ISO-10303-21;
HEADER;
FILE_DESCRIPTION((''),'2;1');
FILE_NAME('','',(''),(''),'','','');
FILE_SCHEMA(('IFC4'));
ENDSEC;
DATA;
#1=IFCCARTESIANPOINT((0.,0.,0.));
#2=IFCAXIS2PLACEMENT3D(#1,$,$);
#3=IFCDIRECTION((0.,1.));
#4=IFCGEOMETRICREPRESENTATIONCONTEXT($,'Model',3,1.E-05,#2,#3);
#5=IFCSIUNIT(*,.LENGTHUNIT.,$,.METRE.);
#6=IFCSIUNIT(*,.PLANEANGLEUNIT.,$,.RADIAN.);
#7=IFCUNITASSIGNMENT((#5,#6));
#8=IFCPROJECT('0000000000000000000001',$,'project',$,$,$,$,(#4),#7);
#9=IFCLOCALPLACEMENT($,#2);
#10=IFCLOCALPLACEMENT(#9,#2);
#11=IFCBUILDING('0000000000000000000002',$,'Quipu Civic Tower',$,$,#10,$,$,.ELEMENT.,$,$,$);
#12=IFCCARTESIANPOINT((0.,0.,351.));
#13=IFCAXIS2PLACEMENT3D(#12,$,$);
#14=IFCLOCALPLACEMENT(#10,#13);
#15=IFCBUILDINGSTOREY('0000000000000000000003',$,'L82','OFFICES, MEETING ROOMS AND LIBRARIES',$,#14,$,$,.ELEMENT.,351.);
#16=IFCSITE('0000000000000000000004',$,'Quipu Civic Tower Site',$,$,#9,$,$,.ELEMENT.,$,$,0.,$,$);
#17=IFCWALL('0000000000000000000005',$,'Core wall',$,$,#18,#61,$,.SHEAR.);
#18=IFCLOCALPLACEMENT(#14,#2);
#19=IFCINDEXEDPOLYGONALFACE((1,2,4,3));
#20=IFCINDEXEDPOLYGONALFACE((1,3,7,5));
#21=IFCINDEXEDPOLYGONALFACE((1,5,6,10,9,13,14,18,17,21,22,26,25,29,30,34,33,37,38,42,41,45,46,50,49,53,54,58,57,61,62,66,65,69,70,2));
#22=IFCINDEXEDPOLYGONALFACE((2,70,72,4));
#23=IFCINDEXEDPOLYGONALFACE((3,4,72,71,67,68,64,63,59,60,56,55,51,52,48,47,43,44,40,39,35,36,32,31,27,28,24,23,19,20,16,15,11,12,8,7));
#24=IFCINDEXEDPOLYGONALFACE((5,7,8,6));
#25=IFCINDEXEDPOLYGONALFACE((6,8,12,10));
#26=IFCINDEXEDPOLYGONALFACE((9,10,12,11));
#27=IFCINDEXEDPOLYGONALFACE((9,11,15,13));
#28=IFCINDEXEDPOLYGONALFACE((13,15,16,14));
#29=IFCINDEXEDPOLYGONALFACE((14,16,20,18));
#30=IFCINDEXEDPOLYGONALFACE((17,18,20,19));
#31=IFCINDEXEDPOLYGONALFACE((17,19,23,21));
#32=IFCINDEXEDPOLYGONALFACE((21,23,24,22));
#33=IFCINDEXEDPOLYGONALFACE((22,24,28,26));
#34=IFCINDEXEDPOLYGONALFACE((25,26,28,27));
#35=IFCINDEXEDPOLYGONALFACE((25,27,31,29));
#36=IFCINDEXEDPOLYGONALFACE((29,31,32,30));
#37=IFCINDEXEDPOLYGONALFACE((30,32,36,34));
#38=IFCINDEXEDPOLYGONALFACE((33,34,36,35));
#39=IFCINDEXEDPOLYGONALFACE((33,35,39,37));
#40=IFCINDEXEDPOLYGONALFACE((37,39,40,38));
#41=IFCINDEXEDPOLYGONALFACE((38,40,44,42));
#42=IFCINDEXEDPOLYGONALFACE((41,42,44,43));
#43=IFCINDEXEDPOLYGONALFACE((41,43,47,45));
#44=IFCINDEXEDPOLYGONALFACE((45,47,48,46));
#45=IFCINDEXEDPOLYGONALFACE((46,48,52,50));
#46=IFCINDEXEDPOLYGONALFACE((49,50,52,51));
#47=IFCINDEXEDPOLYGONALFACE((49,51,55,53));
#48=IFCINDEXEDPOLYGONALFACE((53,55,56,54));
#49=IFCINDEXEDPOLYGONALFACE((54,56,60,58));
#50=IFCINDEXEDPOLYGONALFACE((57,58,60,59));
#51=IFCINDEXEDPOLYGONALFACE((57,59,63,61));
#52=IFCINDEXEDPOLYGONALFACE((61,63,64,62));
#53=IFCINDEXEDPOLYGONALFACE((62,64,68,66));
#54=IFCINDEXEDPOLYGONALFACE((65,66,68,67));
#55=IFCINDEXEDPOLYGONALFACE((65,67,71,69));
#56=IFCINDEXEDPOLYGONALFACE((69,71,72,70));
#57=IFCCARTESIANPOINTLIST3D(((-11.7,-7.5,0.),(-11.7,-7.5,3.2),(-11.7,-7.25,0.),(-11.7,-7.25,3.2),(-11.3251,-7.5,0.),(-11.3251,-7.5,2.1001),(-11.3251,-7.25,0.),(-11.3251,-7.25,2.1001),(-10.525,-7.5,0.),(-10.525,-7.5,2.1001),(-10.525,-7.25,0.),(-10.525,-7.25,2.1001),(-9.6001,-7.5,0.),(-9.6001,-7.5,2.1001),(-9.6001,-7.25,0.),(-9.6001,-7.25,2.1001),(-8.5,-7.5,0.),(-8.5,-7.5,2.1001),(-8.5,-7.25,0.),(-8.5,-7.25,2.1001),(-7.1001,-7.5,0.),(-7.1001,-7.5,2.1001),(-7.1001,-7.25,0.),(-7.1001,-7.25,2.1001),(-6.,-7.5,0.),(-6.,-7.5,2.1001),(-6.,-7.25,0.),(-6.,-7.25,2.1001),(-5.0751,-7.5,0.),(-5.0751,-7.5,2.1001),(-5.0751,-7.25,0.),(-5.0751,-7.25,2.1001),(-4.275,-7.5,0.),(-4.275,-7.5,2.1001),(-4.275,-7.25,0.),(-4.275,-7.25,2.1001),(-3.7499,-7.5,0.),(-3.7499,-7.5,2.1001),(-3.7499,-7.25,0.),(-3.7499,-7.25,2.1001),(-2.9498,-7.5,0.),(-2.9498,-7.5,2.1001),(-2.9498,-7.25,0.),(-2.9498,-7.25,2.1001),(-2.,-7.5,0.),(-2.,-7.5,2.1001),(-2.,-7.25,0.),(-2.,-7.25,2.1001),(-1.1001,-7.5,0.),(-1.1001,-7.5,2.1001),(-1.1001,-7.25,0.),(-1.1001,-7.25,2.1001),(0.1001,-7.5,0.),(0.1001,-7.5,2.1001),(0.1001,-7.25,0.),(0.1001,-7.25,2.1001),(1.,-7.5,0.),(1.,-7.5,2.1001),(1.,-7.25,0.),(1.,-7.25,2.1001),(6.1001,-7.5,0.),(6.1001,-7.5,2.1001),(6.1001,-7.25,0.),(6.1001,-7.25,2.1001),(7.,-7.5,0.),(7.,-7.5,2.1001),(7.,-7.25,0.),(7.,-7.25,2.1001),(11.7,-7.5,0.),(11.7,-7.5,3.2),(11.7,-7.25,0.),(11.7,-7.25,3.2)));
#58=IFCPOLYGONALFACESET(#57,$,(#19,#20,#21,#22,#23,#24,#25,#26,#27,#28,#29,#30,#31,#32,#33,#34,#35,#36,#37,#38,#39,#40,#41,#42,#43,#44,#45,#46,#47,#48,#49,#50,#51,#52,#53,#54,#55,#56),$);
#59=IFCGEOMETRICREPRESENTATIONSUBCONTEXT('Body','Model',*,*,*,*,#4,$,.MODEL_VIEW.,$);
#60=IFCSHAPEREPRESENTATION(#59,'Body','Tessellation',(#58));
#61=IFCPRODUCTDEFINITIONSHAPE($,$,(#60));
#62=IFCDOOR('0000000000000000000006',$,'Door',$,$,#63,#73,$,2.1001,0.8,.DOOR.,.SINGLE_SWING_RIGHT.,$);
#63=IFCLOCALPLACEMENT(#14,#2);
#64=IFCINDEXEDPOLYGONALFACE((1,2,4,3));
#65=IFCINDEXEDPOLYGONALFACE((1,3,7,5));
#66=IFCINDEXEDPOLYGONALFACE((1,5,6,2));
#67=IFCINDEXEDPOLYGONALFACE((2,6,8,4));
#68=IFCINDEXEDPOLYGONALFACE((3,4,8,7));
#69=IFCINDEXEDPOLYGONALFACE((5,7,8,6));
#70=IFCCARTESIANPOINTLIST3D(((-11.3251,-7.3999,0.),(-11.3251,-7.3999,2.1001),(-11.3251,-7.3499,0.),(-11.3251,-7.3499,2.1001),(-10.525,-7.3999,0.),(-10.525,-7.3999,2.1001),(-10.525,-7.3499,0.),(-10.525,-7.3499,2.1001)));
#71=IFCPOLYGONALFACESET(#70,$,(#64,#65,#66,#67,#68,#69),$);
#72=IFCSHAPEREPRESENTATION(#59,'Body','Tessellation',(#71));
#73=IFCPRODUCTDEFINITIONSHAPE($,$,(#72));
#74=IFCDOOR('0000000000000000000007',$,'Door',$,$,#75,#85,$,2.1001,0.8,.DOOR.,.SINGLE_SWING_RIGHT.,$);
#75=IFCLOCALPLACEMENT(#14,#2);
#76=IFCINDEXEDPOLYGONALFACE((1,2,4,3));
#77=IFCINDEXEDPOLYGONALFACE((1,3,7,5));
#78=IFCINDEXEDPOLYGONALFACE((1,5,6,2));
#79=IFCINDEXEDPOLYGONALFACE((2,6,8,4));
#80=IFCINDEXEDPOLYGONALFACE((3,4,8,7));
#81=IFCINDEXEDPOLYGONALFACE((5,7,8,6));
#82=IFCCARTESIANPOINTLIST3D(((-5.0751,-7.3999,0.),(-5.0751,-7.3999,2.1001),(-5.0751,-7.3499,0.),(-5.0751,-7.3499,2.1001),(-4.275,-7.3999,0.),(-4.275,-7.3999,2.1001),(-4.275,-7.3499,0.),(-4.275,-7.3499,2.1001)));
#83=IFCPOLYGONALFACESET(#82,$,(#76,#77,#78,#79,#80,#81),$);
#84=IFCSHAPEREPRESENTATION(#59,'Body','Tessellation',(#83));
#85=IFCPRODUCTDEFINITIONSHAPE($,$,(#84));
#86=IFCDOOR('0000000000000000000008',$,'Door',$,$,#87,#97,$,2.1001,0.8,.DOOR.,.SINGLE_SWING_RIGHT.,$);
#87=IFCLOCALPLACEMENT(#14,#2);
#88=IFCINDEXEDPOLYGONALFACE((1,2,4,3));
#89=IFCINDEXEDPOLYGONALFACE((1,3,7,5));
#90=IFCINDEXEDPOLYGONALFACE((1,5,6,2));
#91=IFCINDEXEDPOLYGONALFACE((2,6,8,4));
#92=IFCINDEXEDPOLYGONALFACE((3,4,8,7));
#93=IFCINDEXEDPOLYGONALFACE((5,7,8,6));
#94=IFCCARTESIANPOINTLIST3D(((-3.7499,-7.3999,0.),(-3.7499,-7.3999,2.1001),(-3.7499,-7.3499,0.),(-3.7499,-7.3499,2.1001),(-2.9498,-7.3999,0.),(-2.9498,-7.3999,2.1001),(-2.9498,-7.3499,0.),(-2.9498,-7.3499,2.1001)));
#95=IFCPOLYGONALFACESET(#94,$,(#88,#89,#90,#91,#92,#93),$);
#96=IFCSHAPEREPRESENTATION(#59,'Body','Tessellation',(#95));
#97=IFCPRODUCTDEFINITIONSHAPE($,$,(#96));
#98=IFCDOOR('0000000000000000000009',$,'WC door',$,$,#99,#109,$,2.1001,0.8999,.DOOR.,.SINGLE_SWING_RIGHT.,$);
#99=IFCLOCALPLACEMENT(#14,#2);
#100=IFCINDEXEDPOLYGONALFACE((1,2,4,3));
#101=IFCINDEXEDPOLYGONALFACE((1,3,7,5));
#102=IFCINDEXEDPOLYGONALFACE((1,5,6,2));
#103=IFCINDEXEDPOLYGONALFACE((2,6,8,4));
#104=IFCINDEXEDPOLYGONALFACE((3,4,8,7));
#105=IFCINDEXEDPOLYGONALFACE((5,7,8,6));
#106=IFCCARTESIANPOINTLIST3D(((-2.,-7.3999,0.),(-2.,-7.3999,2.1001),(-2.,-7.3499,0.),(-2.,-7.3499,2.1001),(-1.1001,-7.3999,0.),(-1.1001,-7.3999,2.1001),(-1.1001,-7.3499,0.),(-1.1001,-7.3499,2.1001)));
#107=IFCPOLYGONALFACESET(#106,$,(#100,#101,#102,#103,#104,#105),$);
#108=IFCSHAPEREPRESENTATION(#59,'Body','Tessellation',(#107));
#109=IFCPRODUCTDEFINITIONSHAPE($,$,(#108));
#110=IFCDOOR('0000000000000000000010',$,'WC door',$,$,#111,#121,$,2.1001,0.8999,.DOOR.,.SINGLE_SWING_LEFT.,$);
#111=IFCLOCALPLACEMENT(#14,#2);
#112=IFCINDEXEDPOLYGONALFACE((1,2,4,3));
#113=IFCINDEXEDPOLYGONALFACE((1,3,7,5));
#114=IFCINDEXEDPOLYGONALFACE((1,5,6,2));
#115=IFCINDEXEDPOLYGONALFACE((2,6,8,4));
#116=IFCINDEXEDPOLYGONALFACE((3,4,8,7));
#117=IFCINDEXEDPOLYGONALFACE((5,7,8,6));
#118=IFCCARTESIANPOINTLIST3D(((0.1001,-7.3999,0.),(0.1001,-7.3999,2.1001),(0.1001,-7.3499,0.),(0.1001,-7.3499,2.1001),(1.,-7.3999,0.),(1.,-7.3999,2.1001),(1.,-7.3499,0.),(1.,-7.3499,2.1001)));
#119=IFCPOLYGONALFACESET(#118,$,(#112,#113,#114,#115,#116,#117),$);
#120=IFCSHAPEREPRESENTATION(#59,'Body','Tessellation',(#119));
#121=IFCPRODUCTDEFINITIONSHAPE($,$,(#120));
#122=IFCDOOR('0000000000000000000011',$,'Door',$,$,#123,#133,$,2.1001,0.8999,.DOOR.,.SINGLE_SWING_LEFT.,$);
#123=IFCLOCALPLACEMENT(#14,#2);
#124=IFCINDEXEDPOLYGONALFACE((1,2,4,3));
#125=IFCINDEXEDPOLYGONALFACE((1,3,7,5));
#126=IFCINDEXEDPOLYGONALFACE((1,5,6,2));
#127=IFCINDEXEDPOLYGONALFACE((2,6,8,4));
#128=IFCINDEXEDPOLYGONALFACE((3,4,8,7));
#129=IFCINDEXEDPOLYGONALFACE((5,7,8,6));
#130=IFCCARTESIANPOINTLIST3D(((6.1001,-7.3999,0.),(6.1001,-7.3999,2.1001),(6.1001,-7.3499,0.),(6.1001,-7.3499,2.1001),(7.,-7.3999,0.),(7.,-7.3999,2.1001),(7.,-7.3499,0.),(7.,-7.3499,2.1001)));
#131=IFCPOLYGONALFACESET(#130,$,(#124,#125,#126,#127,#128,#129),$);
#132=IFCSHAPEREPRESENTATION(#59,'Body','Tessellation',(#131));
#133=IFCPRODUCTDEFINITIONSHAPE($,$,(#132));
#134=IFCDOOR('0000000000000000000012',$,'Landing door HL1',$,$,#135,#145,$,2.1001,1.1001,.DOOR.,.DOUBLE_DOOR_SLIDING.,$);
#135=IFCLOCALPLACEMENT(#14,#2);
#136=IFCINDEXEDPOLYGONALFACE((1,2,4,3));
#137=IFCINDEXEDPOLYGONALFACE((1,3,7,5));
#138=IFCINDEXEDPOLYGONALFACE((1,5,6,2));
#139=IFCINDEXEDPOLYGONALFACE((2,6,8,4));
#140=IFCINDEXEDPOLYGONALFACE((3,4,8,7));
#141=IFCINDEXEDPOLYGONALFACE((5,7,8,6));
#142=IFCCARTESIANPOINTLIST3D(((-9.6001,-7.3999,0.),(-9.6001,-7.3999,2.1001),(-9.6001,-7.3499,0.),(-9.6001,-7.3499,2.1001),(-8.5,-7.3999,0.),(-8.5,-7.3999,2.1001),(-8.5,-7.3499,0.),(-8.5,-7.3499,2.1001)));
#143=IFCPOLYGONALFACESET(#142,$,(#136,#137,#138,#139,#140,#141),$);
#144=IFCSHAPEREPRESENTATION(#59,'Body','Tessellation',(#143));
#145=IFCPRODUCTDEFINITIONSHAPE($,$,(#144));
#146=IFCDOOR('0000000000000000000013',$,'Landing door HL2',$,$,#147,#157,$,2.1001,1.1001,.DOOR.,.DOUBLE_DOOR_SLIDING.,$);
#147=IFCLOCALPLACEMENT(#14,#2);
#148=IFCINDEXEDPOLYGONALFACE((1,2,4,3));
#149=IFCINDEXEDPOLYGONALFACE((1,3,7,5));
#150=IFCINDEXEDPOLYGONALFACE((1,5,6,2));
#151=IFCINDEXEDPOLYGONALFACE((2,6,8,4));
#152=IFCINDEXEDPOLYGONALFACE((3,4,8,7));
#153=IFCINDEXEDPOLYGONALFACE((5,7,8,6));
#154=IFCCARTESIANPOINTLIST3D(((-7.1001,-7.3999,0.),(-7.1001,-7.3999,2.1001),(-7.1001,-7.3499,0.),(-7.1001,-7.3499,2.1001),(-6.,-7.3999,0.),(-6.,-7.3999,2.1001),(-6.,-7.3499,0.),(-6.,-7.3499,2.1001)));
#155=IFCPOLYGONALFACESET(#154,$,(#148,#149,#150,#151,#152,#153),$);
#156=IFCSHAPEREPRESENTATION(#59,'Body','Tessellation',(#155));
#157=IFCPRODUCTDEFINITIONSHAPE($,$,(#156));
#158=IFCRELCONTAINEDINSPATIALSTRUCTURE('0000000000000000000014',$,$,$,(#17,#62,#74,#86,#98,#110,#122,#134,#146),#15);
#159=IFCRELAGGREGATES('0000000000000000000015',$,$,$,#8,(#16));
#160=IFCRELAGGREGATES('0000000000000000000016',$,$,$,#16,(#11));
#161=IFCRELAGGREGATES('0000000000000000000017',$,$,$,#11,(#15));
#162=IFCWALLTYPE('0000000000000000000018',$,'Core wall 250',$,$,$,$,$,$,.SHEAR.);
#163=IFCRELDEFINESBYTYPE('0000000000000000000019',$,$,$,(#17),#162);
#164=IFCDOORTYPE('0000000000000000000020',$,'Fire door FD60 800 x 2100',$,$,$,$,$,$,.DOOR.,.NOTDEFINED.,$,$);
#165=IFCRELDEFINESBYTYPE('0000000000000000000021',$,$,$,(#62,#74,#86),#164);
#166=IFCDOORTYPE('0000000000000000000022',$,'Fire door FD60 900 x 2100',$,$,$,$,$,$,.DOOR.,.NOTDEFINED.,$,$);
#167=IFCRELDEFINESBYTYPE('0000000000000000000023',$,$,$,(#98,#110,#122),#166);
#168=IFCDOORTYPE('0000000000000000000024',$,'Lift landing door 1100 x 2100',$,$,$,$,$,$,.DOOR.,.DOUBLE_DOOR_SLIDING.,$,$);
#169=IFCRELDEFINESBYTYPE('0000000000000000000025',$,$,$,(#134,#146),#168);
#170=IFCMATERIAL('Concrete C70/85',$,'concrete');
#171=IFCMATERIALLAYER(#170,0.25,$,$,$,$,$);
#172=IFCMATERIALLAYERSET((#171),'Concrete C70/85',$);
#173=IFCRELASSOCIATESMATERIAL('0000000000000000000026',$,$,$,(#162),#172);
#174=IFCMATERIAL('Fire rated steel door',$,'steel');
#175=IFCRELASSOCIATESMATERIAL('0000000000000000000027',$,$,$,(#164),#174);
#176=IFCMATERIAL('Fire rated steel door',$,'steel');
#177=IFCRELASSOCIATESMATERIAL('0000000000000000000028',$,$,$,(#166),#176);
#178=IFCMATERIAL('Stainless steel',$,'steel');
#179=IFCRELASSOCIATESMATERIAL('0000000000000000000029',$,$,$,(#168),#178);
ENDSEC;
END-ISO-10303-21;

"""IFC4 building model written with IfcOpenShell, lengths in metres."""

from ifc_helpers import new_model, si_unit, direction, frame, frame_2d, origin, place, context, subcontext, project, spatial, rectangle, extrude, material, layer, layer_set, type_object, element, fill, save


model = new_model("IFC4")

# Units and contexts
model_context = context("Model", 3, precision=1e-05, world=origin(), true_north=direction((0.0, 1.0)))
body_context = subcontext(model_context, "Body", "Model", "MODEL_VIEW")
ifc_project = project(units=[si_unit("LENGTHUNIT", "METRE"), si_unit("PLANEANGLEUNIT", "RADIAN")], contexts=[model_context])

# Site, building, storey
site_placement = place(None, origin())
site = spatial("IfcSite", under=ifc_project, at=site_placement, Name="Quipu Civic Tower Site", CompositionType="ELEMENT", RefElevation=0.0)
building_placement = place(site_placement, origin())
building = spatial("IfcBuilding", under=site, at=building_placement, Name="Quipu Civic Tower", CompositionType="ELEMENT")
storey_placement = place(building_placement, frame((0.0, 0.0, 351.0)))
storey = spatial("IfcBuildingStorey", under=building, at=storey_placement, Name="L82", Description="OFFICES, MEETING ROOMS AND LIBRARIES", CompositionType="ELEMENT", Elevation=351.0)

# Shared definitions
ifc_material_1 = material(Name="Concrete C70/85", Category="concrete")
ifc_layer_1 = layer(ifc_material_1, 0.25)
ifc_layer_set_1 = layer_set([ifc_layer_1], Name="Concrete C70/85")
wall_type_1 = type_object("IfcWallType", Name="Core wall 250", PredefinedType="SHEAR", material=ifc_layer_set_1)

# Wall, openings, doors
wall_1_placement = place(storey_placement, frame((11.7, -7.375, 0.0), z_axis=(0.0, 0.0, 1.0), x_axis=(-1.0, 0.0, 0.0)))
wall_1 = element("IfcWall", 1, at=wall_1_placement, inside=storey, type_object=wall_type_1, Name="Core wall", PredefinedType="SHEAR", context=body_context, shape_type="SweptSolid", body=[
    extrude(rectangle(XDim=23.3999, YDim=0.25, at=frame_2d((11.7, 0.0))), origin(), (0.0, 0.0, 1.0), 3.2),
])
opening_1_placement = place(wall_1_placement, frame((22.2251, 0.0, 0.0)))
opening_1 = element("IfcOpeningElement", 2, at=opening_1_placement, cuts=wall_1, PredefinedType="OPENING", context=body_context, shape_type="SweptSolid", body=[
    extrude(rectangle(XDim=0.8, YDim=2.1001, at=frame_2d((0.3999, 1.05))), frame((0.0, 0.135, 0.0), z_axis=(0.0, -1.0, 0.0), x_axis=(1.0, 0.0, 0.0)), (0.0, 0.0, 1.0), 0.27),
])
opening_2_placement = place(wall_1_placement, frame((20.2, 0.0, 0.0)))
opening_2 = element("IfcOpeningElement", 3, at=opening_2_placement, cuts=wall_1, PredefinedType="OPENING", context=body_context, shape_type="SweptSolid", body=[
    extrude(rectangle(XDim=1.1001, YDim=2.1001, at=frame_2d((0.55, 1.05))), frame((0.0, 0.135, 0.0), z_axis=(0.0, -1.0, 0.0), x_axis=(1.0, 0.0, 0.0)), (0.0, 0.0, 1.0), 0.27),
])
opening_3_placement = place(wall_1_placement, frame((17.7, 0.0, 0.0)))
opening_3 = element("IfcOpeningElement", 4, at=opening_3_placement, cuts=wall_1, PredefinedType="OPENING", context=body_context, shape_type="SweptSolid", body=[
    extrude(rectangle(XDim=1.1001, YDim=2.1001, at=frame_2d((0.55, 1.05))), frame((0.0, 0.135, 0.0), z_axis=(0.0, -1.0, 0.0), x_axis=(1.0, 0.0, 0.0)), (0.0, 0.0, 1.0), 0.27),
])
opening_4_placement = place(wall_1_placement, frame((15.9751, 0.0, 0.0)))
opening_4 = element("IfcOpeningElement", 5, at=opening_4_placement, cuts=wall_1, PredefinedType="OPENING", context=body_context, shape_type="SweptSolid", body=[
    extrude(rectangle(XDim=0.8, YDim=2.1001, at=frame_2d((0.3999, 1.05))), frame((0.0, 0.135, 0.0), z_axis=(0.0, -1.0, 0.0), x_axis=(1.0, 0.0, 0.0)), (0.0, 0.0, 1.0), 0.27),
])
opening_5_placement = place(wall_1_placement, frame((14.6499, 0.0, 0.0)))
opening_5 = element("IfcOpeningElement", 6, at=opening_5_placement, cuts=wall_1, PredefinedType="OPENING", context=body_context, shape_type="SweptSolid", body=[
    extrude(rectangle(XDim=0.8, YDim=2.1001, at=frame_2d((0.3999, 1.05))), frame((0.0, 0.135, 0.0), z_axis=(0.0, -1.0, 0.0), x_axis=(1.0, 0.0, 0.0)), (0.0, 0.0, 1.0), 0.27),
])
opening_6_placement = place(wall_1_placement, frame((12.8, 0.0, 0.0)))
opening_6 = element("IfcOpeningElement", 7, at=opening_6_placement, cuts=wall_1, PredefinedType="OPENING", context=body_context, shape_type="SweptSolid", body=[
    extrude(rectangle(XDim=0.8999, YDim=2.1001, at=frame_2d((0.45, 1.05))), frame((0.0, 0.135, 0.0), z_axis=(0.0, -1.0, 0.0), x_axis=(1.0, 0.0, 0.0)), (0.0, 0.0, 1.0), 0.27),
])
opening_7_placement = place(wall_1_placement, frame((10.7, 0.0, 0.0)))
opening_7 = element("IfcOpeningElement", 8, at=opening_7_placement, cuts=wall_1, PredefinedType="OPENING", context=body_context, shape_type="SweptSolid", body=[
    extrude(rectangle(XDim=0.8999, YDim=2.1001, at=frame_2d((0.45, 1.05))), frame((0.0, 0.135, 0.0), z_axis=(0.0, -1.0, 0.0), x_axis=(1.0, 0.0, 0.0)), (0.0, 0.0, 1.0), 0.27),
])
opening_8_placement = place(wall_1_placement, frame((4.7, 0.0, 0.0)))
opening_8 = element("IfcOpeningElement", 9, at=opening_8_placement, cuts=wall_1, PredefinedType="OPENING", context=body_context, shape_type="SweptSolid", body=[
    extrude(rectangle(XDim=0.8999, YDim=2.1001, at=frame_2d((0.45, 1.05))), frame((0.0, 0.135, 0.0), z_axis=(0.0, -1.0, 0.0), x_axis=(1.0, 0.0, 0.0)), (0.0, 0.0, 1.0), 0.27),
])
ifc_material_2 = material(Name="Fire rated steel door", Category="steel")
door_type_1 = type_object("IfcDoorType", Name="Fire door FD60 800 x 2100", OperationType="NOTDEFINED", PredefinedType="DOOR", material=ifc_material_2)
door_1_placement = place(opening_1_placement, origin())
door_1 = element("IfcDoor", 10, at=door_1_placement, inside=storey, type_object=door_type_1, Name="Door", OperationType="SINGLE_SWING_RIGHT", OverallHeight=2.1001, OverallWidth=0.8, PredefinedType="DOOR", context=body_context, shape_type="SweptSolid", body=[
    extrude(rectangle(XDim=0.8, YDim=2.1001, at=frame_2d((0.3999, 1.05))), frame((0.0, 0.0249, 0.0), z_axis=(0.0, -1.0, 0.0), x_axis=(1.0, 0.0, 0.0)), (0.0, 0.0, 1.0), 0.05),
])
fill(opening_1, door_1)
door_2_placement = place(opening_4_placement, origin())
door_2 = element("IfcDoor", 11, at=door_2_placement, inside=storey, type_object=door_type_1, Name="Door", OperationType="SINGLE_SWING_RIGHT", OverallHeight=2.1001, OverallWidth=0.8, PredefinedType="DOOR", context=body_context, shape_type="SweptSolid", body=[
    extrude(rectangle(XDim=0.8, YDim=2.1001, at=frame_2d((0.3999, 1.05))), frame((0.0, 0.0249, 0.0), z_axis=(0.0, -1.0, 0.0), x_axis=(1.0, 0.0, 0.0)), (0.0, 0.0, 1.0), 0.05),
])
fill(opening_4, door_2)
door_3_placement = place(opening_5_placement, origin())
door_3 = element("IfcDoor", 12, at=door_3_placement, inside=storey, type_object=door_type_1, Name="Door", OperationType="SINGLE_SWING_RIGHT", OverallHeight=2.1001, OverallWidth=0.8, PredefinedType="DOOR", context=body_context, shape_type="SweptSolid", body=[
    extrude(rectangle(XDim=0.8, YDim=2.1001, at=frame_2d((0.3999, 1.05))), frame((0.0, 0.0249, 0.0), z_axis=(0.0, -1.0, 0.0), x_axis=(1.0, 0.0, 0.0)), (0.0, 0.0, 1.0), 0.05),
])
fill(opening_5, door_3)
ifc_material_3 = material(Name="Fire rated steel door", Category="steel")
door_type_2 = type_object("IfcDoorType", Name="Fire door FD60 900 x 2100", OperationType="NOTDEFINED", PredefinedType="DOOR", material=ifc_material_3)
door_4_placement = place(opening_6_placement, origin())
door_4 = element("IfcDoor", 13, at=door_4_placement, inside=storey, type_object=door_type_2, Name="WC door", OperationType="SINGLE_SWING_RIGHT", OverallHeight=2.1001, OverallWidth=0.8999, PredefinedType="DOOR", context=body_context, shape_type="SweptSolid", body=[
    extrude(rectangle(XDim=0.8999, YDim=2.1001, at=frame_2d((0.45, 1.05))), frame((0.0, 0.0249, 0.0), z_axis=(0.0, -1.0, 0.0), x_axis=(1.0, 0.0, 0.0)), (0.0, 0.0, 1.0), 0.05),
])
fill(opening_6, door_4)
door_5_placement = place(opening_7_placement, origin())
door_5 = element("IfcDoor", 14, at=door_5_placement, inside=storey, type_object=door_type_2, Name="WC door", OperationType="SINGLE_SWING_LEFT", OverallHeight=2.1001, OverallWidth=0.8999, PredefinedType="DOOR", context=body_context, shape_type="SweptSolid", body=[
    extrude(rectangle(XDim=0.8999, YDim=2.1001, at=frame_2d((0.45, 1.05))), frame((0.0, 0.0249, 0.0), z_axis=(0.0, -1.0, 0.0), x_axis=(1.0, 0.0, 0.0)), (0.0, 0.0, 1.0), 0.05),
])
fill(opening_7, door_5)
door_6_placement = place(opening_8_placement, origin())
door_6 = element("IfcDoor", 15, at=door_6_placement, inside=storey, type_object=door_type_2, Name="Door", OperationType="SINGLE_SWING_LEFT", OverallHeight=2.1001, OverallWidth=0.8999, PredefinedType="DOOR", context=body_context, shape_type="SweptSolid", body=[
    extrude(rectangle(XDim=0.8999, YDim=2.1001, at=frame_2d((0.45, 1.05))), frame((0.0, 0.0249, 0.0), z_axis=(0.0, -1.0, 0.0), x_axis=(1.0, 0.0, 0.0)), (0.0, 0.0, 1.0), 0.05),
])
fill(opening_8, door_6)
ifc_material_4 = material(Name="Stainless steel", Category="steel")
door_type_3 = type_object("IfcDoorType", Name="Lift landing door 1100 x 2100", OperationType="DOUBLE_DOOR_SLIDING", PredefinedType="DOOR", material=ifc_material_4)
door_7_placement = place(opening_2_placement, origin())
door_7 = element("IfcDoor", 16, at=door_7_placement, inside=storey, type_object=door_type_3, Name="Landing door HL1", OperationType="DOUBLE_DOOR_SLIDING", OverallHeight=2.1001, OverallWidth=1.1001, PredefinedType="DOOR", context=body_context, shape_type="SweptSolid", body=[
    extrude(rectangle(XDim=1.1001, YDim=2.1001, at=frame_2d((0.55, 1.05))), frame((0.0, 0.0249, 0.0), z_axis=(0.0, -1.0, 0.0), x_axis=(1.0, 0.0, 0.0)), (0.0, 0.0, 1.0), 0.05),
])
fill(opening_2, door_7)
door_8_placement = place(opening_3_placement, origin())
door_8 = element("IfcDoor", 17, at=door_8_placement, inside=storey, type_object=door_type_3, Name="Landing door HL2", OperationType="DOUBLE_DOOR_SLIDING", OverallHeight=2.1001, OverallWidth=1.1001, PredefinedType="DOOR", context=body_context, shape_type="SweptSolid", body=[
    extrude(rectangle(XDim=1.1001, YDim=2.1001, at=frame_2d((0.55, 1.05))), frame((0.0, 0.0249, 0.0), z_axis=(0.0, -1.0, 0.0), x_axis=(1.0, 0.0, 0.0)), (0.0, 0.0, 1.0), 0.05),
])
fill(opening_3, door_8)

save(model, "model.ifc")
